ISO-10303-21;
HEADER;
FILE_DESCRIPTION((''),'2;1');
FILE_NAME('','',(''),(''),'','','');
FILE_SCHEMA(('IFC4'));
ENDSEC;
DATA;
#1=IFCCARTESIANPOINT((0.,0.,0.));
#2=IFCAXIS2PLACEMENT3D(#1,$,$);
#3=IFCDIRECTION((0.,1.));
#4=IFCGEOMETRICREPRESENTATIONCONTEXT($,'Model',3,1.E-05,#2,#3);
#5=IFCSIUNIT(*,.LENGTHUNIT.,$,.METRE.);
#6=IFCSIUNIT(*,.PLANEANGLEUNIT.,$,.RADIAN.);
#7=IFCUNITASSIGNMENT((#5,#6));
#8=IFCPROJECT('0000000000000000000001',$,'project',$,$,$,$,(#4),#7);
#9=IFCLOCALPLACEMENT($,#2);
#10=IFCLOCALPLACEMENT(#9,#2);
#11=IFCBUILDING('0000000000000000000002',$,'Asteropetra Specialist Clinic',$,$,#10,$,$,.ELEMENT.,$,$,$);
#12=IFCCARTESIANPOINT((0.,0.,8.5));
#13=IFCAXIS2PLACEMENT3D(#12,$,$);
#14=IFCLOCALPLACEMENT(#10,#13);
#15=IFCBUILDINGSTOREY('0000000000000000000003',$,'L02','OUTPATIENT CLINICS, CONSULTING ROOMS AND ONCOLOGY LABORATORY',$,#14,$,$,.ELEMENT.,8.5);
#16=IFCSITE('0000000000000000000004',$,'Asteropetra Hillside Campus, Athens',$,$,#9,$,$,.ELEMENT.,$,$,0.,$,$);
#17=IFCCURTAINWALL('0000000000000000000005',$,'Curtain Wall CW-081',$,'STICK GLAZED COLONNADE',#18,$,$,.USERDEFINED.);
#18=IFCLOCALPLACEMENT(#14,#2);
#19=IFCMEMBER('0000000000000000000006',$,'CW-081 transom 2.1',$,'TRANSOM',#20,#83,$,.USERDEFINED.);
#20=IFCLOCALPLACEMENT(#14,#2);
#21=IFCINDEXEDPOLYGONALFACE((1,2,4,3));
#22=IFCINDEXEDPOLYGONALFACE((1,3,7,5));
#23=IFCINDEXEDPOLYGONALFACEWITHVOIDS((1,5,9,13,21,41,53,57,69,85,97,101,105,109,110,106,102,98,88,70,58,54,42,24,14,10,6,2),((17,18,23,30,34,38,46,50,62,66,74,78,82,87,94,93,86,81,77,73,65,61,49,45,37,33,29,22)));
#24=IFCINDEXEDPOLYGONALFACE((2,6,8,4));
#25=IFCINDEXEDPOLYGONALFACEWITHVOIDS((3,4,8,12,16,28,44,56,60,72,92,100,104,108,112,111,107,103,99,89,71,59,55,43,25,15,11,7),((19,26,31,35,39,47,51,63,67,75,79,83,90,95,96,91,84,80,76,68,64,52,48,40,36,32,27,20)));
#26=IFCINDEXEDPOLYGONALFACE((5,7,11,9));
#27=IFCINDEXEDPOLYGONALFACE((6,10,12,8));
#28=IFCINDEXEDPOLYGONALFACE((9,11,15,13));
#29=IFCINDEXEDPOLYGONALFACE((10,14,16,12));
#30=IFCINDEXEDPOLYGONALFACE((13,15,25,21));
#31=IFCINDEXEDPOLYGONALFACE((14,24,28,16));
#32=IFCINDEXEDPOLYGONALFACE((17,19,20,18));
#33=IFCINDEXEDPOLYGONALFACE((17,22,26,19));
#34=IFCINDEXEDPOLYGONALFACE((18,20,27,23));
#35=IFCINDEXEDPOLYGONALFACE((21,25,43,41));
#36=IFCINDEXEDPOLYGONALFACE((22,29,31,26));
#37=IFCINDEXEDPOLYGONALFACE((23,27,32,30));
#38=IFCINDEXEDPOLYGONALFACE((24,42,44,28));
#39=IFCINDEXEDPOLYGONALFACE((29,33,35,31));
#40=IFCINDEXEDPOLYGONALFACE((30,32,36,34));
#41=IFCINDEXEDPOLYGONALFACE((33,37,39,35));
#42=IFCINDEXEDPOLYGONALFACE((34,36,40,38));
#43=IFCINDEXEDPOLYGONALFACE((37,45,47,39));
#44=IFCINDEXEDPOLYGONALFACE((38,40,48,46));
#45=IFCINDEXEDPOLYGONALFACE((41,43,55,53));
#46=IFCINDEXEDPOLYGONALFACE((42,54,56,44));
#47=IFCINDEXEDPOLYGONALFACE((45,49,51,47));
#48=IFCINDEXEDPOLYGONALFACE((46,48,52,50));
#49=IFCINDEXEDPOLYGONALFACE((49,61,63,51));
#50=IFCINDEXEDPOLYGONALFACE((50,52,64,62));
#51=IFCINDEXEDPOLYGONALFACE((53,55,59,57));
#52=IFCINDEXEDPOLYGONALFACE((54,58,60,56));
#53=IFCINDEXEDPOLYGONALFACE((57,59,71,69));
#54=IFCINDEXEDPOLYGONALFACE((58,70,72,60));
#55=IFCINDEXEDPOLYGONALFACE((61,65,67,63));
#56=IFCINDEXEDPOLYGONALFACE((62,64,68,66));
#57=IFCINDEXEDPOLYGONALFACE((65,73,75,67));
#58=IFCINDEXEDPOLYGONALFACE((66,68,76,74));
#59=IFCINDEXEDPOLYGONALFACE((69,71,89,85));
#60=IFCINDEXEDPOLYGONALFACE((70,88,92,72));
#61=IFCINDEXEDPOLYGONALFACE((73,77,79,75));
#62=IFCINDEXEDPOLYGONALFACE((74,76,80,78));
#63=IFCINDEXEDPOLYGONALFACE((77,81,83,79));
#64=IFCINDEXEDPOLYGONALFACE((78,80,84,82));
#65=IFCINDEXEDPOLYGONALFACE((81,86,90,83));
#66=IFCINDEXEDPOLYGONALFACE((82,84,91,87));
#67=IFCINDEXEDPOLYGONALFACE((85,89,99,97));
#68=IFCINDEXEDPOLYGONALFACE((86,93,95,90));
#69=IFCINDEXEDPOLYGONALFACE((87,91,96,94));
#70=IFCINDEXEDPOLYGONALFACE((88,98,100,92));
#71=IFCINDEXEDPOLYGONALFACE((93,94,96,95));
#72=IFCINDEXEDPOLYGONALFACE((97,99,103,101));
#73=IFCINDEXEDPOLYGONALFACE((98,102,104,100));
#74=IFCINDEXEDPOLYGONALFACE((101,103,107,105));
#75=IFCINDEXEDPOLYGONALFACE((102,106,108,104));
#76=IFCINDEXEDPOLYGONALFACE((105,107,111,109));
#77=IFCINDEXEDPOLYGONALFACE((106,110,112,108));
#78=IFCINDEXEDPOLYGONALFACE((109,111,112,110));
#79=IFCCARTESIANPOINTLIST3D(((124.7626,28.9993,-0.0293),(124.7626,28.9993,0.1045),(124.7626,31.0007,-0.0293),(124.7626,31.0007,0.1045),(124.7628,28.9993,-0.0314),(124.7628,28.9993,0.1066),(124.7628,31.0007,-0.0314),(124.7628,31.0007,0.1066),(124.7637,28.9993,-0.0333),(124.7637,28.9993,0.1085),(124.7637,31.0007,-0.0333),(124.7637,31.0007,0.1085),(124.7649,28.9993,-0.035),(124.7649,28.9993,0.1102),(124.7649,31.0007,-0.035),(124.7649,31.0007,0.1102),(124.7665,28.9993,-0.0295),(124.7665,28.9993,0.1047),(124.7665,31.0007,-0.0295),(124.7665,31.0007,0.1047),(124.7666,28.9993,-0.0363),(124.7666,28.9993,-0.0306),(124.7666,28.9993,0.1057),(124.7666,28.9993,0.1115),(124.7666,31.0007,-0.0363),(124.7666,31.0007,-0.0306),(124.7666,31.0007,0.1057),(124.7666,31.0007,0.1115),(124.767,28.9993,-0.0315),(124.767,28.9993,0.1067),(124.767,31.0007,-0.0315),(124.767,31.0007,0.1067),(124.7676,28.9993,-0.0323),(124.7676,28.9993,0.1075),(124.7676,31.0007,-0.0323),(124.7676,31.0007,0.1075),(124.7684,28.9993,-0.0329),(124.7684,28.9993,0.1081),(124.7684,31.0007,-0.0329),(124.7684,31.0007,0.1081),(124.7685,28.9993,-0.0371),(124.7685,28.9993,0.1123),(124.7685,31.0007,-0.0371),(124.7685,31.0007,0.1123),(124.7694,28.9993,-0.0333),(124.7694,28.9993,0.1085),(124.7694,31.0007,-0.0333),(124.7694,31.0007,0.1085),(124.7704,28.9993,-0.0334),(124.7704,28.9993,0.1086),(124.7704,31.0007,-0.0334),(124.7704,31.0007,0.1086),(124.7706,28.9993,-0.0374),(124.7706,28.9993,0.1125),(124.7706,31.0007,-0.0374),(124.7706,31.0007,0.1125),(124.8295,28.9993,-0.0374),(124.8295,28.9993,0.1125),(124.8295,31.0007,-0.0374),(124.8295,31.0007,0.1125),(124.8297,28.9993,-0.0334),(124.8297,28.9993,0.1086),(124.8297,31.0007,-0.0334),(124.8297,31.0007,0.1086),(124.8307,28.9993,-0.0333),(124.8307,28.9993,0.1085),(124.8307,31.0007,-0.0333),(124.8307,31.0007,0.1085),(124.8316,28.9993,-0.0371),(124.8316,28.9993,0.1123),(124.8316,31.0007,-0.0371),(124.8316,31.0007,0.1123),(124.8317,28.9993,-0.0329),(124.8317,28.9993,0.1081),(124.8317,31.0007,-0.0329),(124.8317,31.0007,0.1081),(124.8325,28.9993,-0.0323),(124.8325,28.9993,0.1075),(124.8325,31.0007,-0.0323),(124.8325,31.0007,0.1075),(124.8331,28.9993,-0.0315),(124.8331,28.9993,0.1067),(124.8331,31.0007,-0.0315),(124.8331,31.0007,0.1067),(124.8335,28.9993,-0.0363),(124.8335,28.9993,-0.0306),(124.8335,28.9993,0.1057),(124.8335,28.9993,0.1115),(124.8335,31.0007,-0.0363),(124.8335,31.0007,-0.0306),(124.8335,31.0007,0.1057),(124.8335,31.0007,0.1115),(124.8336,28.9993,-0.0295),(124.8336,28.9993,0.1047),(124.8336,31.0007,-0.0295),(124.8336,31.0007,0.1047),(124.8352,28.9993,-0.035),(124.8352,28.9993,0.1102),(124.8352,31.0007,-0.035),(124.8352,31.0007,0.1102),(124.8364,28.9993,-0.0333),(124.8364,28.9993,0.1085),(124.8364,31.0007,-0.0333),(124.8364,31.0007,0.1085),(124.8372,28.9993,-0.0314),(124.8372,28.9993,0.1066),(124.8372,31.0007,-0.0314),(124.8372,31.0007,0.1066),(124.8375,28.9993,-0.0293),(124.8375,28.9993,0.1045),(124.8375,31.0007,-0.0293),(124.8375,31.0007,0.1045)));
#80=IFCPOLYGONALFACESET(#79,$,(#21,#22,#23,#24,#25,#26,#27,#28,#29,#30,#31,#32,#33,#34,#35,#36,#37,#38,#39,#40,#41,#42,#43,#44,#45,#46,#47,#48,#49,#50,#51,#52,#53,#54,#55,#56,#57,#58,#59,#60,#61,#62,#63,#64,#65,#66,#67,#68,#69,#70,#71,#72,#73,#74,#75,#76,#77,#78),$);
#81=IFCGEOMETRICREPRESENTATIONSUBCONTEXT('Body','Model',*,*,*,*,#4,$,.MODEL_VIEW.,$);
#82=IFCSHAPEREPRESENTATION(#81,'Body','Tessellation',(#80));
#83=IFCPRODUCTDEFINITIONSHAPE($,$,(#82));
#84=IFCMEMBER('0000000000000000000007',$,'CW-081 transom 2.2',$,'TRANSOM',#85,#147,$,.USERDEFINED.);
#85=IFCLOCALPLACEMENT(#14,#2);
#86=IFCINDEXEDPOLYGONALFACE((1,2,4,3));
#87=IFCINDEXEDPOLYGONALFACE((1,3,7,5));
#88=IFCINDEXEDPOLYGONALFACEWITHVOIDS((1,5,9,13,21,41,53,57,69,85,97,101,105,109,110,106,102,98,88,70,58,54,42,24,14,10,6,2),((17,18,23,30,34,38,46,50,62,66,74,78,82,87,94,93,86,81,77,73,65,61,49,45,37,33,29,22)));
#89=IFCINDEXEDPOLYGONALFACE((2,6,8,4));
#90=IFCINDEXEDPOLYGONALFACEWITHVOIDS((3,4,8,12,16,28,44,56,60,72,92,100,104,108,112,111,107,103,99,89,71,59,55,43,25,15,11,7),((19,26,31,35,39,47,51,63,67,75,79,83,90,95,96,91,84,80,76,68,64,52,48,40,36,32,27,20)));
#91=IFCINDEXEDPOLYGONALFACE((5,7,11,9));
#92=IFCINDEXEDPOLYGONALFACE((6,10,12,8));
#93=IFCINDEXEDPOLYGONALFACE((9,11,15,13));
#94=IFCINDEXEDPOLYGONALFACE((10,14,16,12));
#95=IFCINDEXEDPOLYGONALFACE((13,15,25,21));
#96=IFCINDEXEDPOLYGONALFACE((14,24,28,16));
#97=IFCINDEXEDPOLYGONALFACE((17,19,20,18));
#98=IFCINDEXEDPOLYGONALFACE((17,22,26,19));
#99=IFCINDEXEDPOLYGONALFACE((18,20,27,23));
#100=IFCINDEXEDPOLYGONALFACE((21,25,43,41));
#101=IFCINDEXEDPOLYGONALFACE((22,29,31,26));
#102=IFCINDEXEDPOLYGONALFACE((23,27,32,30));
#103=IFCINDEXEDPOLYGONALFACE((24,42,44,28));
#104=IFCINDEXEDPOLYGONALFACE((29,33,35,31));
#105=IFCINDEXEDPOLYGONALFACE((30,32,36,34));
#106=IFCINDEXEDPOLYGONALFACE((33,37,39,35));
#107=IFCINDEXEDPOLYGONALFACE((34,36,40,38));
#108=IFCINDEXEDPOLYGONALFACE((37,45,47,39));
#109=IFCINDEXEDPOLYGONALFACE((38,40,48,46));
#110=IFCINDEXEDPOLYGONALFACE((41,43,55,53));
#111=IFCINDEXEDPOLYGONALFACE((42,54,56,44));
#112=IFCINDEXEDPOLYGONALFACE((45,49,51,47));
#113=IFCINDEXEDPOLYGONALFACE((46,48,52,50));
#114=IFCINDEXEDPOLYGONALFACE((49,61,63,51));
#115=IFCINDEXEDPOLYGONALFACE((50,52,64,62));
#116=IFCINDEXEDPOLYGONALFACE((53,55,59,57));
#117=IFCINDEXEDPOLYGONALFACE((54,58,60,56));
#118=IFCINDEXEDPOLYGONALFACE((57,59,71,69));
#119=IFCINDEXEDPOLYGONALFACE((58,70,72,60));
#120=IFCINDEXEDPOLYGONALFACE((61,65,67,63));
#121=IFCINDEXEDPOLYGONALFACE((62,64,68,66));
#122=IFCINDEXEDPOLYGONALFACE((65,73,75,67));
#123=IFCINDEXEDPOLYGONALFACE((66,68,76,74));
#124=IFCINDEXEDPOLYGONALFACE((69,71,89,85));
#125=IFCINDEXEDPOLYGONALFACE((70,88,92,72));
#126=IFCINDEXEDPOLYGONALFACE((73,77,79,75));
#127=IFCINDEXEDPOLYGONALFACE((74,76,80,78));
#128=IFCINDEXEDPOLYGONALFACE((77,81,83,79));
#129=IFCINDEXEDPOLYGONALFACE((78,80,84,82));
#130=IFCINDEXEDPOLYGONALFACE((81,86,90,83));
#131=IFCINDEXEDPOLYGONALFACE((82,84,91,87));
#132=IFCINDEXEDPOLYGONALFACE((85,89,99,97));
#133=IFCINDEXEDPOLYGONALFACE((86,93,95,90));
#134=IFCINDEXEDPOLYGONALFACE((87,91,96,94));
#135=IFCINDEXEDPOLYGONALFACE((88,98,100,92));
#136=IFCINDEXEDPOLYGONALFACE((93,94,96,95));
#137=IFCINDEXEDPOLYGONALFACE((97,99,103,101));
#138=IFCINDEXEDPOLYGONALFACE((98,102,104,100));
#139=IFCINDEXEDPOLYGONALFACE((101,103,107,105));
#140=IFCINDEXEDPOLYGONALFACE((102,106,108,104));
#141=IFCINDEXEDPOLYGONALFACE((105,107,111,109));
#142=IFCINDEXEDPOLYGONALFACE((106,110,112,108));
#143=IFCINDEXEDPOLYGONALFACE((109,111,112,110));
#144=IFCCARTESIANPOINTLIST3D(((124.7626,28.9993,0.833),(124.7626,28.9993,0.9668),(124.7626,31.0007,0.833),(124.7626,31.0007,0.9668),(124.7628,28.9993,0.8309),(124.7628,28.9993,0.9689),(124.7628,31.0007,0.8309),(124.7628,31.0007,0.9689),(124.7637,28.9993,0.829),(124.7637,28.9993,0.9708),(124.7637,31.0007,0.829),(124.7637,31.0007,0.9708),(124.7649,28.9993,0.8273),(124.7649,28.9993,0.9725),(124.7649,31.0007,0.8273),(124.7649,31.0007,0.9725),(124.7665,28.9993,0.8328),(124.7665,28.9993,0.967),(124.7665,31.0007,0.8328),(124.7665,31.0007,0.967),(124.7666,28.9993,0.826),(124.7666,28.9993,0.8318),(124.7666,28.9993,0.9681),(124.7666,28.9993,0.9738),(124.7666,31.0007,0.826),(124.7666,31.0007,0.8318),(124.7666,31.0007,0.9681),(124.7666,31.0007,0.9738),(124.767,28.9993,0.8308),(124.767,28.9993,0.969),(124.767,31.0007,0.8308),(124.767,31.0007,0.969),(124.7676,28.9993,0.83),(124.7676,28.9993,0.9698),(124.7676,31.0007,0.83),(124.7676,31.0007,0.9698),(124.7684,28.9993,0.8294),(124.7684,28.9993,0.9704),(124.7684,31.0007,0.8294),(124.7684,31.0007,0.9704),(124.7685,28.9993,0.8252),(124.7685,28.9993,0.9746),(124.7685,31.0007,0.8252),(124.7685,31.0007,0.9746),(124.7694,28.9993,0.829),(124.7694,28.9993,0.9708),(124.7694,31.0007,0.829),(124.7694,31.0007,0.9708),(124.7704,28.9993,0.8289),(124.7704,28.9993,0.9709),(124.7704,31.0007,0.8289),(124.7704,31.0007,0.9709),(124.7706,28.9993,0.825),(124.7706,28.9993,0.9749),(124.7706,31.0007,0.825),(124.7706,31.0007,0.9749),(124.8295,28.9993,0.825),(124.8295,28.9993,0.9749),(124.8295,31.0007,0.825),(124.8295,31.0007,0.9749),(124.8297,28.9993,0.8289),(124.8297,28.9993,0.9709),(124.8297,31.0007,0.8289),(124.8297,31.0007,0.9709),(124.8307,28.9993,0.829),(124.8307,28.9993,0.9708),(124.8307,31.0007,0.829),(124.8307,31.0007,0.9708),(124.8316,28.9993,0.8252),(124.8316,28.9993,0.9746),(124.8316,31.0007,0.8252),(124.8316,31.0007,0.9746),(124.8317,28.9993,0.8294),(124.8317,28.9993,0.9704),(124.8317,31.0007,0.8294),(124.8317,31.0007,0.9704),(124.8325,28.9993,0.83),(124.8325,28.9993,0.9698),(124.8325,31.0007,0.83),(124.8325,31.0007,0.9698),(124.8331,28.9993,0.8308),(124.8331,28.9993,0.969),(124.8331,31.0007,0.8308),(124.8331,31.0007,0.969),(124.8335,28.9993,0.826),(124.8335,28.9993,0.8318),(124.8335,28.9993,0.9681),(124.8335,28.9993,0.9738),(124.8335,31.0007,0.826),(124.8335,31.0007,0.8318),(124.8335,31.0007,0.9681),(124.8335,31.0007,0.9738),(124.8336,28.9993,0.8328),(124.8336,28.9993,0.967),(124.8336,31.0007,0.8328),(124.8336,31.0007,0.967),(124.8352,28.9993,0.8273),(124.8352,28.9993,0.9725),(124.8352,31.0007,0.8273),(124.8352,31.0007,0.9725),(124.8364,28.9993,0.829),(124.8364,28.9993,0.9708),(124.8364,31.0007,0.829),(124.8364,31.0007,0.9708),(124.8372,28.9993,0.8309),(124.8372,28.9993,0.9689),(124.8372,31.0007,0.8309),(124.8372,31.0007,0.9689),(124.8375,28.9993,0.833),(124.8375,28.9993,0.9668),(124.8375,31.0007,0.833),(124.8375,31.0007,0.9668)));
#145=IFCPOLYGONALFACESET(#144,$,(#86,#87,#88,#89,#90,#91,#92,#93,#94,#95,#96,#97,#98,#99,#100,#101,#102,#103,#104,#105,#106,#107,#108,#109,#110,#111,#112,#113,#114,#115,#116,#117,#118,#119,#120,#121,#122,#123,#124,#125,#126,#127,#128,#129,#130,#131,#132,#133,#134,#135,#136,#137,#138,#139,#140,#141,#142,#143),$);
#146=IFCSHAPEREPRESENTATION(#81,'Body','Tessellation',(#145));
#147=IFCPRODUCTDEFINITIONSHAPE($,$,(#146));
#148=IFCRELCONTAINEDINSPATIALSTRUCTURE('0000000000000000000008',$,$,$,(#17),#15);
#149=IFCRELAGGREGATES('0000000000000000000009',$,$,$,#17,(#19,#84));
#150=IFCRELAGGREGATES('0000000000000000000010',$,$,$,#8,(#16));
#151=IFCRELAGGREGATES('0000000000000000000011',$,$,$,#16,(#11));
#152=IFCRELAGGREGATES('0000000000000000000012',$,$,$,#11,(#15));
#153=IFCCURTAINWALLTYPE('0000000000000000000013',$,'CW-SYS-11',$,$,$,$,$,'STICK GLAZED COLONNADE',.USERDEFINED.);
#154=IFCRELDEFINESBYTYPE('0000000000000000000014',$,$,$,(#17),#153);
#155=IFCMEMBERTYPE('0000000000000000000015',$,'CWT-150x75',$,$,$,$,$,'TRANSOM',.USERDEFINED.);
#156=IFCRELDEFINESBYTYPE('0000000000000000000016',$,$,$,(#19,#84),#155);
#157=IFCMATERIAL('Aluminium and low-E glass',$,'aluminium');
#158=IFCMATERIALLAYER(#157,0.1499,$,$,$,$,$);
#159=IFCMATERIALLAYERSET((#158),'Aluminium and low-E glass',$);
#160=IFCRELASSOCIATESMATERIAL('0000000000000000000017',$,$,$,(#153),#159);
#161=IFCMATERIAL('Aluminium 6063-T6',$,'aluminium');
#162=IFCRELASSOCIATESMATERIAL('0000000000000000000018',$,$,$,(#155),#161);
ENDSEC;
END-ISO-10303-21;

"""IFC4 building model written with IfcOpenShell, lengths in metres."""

from ifc_helpers import new_model, si_unit, direction, frame, origin, origin_2d, place, context, subcontext, project, spatial, hollow_rectangle, extrude, material, layer, layer_set, material_profile, profile_set, type_object, element, aggregate, save


model = new_model("IFC4")

# Units and contexts
model_context = context("Model", 3, precision=1e-05, world=origin(), true_north=direction((0.0, 1.0)))
body_context = subcontext(model_context, "Body", "Model", "MODEL_VIEW")
ifc_project = project(units=[si_unit("LENGTHUNIT", "METRE"), si_unit("PLANEANGLEUNIT", "RADIAN")], contexts=[model_context])

# Site, building, storey
site_placement = place(None, origin())
site = spatial("IfcSite", under=ifc_project, at=site_placement, Name="Asteropetra Hillside Campus, Athens", CompositionType="ELEMENT", RefElevation=0.0)
building_placement = place(site_placement, origin())
building = spatial("IfcBuilding", under=site, at=building_placement, Name="Asteropetra Specialist Clinic", CompositionType="ELEMENT")
storey_placement = place(building_placement, frame((0.0, 0.0, 8.5)))
storey = spatial("IfcBuildingStorey", under=building, at=storey_placement, Name="L02", Description="OUTPATIENT CLINICS, CONSULTING ROOMS AND ONCOLOGY LABORATORY", CompositionType="ELEMENT", Elevation=8.5)

# Curtain wall, members
ifc_material_1 = material(Name="Aluminium and low-E glass", Category="aluminium")
ifc_layer_1 = layer(ifc_material_1, 0.1499)
ifc_layer_set_1 = layer_set([ifc_layer_1], Name="Aluminium and low-E glass")
curtain_wall_type = type_object("IfcCurtainWallType", Name="CW-SYS-11", ElementType="STICK GLAZED COLONNADE", PredefinedType="USERDEFINED", material=ifc_layer_set_1)
curtain_wall_placement = place(storey_placement, origin())
curtain_wall = element("IfcCurtainWall", 1, at=curtain_wall_placement, inside=storey, type_object=curtain_wall_type, Name="Curtain Wall CW-081", ObjectType="STICK GLAZED COLONNADE", PredefinedType="USERDEFINED")
ifc_material_2 = material(Name="Aluminium 6063-T6", Category="aluminium")
ifc_material_profile_1 = material_profile(ifc_material_2, hollow_rectangle(XDim=0.075, YDim=0.1499, WallThickness=0.0039, InnerFilletRadius=0.0039, OuterFilletRadius=0.0081, at=origin_2d()), Name="TRN 150x75x4.0")
ifc_profile_set_1 = profile_set([ifc_material_profile_1], Name="Aluminium 6063-T6")
member_type_1 = type_object("IfcMemberType", Name="CWT-150x75", ElementType="TRANSOM", PredefinedType="USERDEFINED", material=ifc_profile_set_1)
member_1_placement = place(storey_placement, frame((124.8, 31.0007, 0.0376), z_axis=(0.0, -1.0, 0.0), x_axis=(1.0, 0.0, 0.0)))
member_1 = element("IfcMember", 2, at=member_1_placement, type_object=member_type_1, Name="CW-081 transom 2.1", ObjectType="TRANSOM", PredefinedType="USERDEFINED", context=body_context, shape_type="SweptSolid", body=[
    extrude(hollow_rectangle(XDim=0.075, YDim=0.1499, WallThickness=0.0039, InnerFilletRadius=0.0039, OuterFilletRadius=0.0081, at=origin_2d()), origin(), (0.0, 0.0, 1.0), 2.0015),
])
member_2_placement = place(storey_placement, frame((124.8, 31.0007, 0.8999), z_axis=(0.0, -1.0, 0.0), x_axis=(1.0, 0.0, 0.0)))
member_2 = element("IfcMember", 3, at=member_2_placement, type_object=member_type_1, Name="CW-081 transom 2.2", ObjectType="TRANSOM", PredefinedType="USERDEFINED", context=body_context, shape_type="SweptSolid", body=[
    extrude(hollow_rectangle(XDim=0.075, YDim=0.1499, WallThickness=0.0039, InnerFilletRadius=0.0039, OuterFilletRadius=0.0081, at=origin_2d()), origin(), (0.0, 0.0, 1.0), 2.0015),
])

aggregate(curtain_wall, [member_1, member_2])

save(model, "model.ifc")
